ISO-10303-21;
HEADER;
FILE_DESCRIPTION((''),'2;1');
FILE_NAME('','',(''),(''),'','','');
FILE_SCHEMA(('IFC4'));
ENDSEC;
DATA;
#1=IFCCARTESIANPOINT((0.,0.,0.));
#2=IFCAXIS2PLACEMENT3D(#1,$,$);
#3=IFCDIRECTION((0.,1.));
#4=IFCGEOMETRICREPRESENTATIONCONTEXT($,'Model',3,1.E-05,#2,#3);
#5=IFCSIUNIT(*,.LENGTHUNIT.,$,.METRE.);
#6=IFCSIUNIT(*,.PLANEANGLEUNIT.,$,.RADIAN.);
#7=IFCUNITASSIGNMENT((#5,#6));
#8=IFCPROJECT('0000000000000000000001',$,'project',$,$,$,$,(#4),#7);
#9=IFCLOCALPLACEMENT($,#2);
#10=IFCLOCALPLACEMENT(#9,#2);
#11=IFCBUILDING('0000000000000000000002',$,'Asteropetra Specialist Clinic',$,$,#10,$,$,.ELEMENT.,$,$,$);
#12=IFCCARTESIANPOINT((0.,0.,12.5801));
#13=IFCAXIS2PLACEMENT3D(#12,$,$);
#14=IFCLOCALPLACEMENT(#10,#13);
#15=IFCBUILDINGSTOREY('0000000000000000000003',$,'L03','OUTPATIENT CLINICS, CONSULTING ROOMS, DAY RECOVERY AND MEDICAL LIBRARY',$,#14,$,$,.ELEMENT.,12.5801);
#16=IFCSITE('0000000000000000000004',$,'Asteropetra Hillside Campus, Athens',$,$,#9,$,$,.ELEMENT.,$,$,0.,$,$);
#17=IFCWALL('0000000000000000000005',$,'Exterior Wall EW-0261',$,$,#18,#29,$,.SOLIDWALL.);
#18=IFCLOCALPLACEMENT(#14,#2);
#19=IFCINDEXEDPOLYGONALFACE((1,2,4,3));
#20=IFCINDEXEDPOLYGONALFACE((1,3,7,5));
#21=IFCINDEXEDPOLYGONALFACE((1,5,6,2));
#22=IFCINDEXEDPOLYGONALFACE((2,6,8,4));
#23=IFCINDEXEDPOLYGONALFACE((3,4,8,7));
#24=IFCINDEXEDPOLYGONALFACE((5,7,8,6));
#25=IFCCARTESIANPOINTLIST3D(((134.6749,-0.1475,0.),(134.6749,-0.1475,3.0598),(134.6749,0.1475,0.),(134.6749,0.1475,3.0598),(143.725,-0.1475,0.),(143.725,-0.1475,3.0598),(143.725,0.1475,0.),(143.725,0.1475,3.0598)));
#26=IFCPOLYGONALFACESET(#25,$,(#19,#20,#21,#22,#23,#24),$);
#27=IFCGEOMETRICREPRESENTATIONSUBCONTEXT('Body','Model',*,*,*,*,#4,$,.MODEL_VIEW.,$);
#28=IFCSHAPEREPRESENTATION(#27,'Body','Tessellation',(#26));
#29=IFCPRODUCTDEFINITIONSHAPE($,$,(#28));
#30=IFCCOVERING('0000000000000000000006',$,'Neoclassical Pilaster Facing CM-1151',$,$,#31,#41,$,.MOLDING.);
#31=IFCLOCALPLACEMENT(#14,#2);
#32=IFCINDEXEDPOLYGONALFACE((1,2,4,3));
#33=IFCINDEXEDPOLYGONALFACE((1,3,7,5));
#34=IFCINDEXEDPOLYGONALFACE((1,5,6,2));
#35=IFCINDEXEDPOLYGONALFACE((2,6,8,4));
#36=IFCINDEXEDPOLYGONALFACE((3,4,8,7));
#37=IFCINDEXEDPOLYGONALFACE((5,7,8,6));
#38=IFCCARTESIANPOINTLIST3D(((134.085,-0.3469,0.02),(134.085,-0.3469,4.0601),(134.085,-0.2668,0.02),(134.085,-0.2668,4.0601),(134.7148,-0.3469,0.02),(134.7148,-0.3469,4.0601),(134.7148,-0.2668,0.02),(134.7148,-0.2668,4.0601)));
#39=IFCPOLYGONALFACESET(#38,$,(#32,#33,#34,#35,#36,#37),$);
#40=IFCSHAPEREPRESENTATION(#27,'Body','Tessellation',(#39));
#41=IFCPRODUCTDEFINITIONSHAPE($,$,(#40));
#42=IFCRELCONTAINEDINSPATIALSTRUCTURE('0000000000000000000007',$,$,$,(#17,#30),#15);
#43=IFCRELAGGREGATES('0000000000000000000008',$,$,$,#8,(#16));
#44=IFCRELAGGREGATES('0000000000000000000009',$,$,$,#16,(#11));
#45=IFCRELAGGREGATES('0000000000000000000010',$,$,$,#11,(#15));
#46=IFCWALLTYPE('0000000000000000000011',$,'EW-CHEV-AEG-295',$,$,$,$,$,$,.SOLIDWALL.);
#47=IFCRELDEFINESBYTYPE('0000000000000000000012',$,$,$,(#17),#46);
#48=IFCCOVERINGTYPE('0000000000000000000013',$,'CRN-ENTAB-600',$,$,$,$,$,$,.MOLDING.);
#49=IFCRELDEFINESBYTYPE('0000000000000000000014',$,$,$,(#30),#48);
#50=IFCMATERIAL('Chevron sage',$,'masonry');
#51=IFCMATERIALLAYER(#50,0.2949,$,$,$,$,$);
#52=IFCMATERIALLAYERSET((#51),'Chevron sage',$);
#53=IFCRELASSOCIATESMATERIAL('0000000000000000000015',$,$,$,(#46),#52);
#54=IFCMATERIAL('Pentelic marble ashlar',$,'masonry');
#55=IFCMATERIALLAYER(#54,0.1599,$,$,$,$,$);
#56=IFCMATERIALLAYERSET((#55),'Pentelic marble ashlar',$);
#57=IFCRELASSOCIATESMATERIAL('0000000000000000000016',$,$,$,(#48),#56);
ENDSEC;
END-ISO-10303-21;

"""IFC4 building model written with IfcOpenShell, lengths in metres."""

from ifc_helpers import new_model, si_unit, direction, frame, frame_2d, origin, origin_2d, place, context, subcontext, project, spatial, rectangle, extrude, material, layer, layer_set, type_object, element, save


model = new_model("IFC4")

# Units and contexts
model_context = context("Model", 3, precision=1e-05, world=origin(), true_north=direction((0.0, 1.0)))
body_context = subcontext(model_context, "Body", "Model", "MODEL_VIEW")
ifc_project = project(units=[si_unit("LENGTHUNIT", "METRE"), si_unit("PLANEANGLEUNIT", "RADIAN")], contexts=[model_context])

# Site, building, storey
site_placement = place(None, origin())
site = spatial("IfcSite", under=ifc_project, at=site_placement, Name="Asteropetra Hillside Campus, Athens", CompositionType="ELEMENT", RefElevation=0.0)
building_placement = place(site_placement, origin())
building = spatial("IfcBuilding", under=site, at=building_placement, Name="Asteropetra Specialist Clinic", CompositionType="ELEMENT")
storey_placement = place(building_placement, frame((0.0, 0.0, 12.5801)))
storey = spatial("IfcBuildingStorey", under=building, at=storey_placement, Name="L03", Description="OUTPATIENT CLINICS, CONSULTING ROOMS, DAY RECOVERY AND MEDICAL LIBRARY", CompositionType="ELEMENT", Elevation=12.5801)

# Wall
ifc_material_1 = material(Name="Chevron sage", Category="masonry")
ifc_layer_1 = layer(ifc_material_1, 0.2949)
ifc_layer_set_1 = layer_set([ifc_layer_1], Name="Chevron sage")
wall_type = type_object("IfcWallType", Name="EW-CHEV-AEG-295", PredefinedType="SOLIDWALL", material=ifc_layer_set_1)
wall_placement = place(storey_placement, frame((134.675, 0.0, 0.0), z_axis=(0.0, 0.0, 1.0), x_axis=(1.0, 0.0, 0.0)))
element("IfcWall", 1, at=wall_placement, inside=storey, type_object=wall_type, Name="Exterior Wall EW-0261", PredefinedType="SOLIDWALL", context=body_context, shape_type="SweptSolid", body=[
    extrude(rectangle(XDim=9.05, YDim=0.2949, at=frame_2d((4.5249, 0.0))), origin(), (0.0, 0.0, 1.0), 3.0598),
])

# Covering
ifc_material_2 = material(Name="Pentelic marble ashlar", Category="masonry")
ifc_layer_2 = layer(ifc_material_2, 0.1599)
ifc_layer_set_2 = layer_set([ifc_layer_2], Name="Pentelic marble ashlar")
covering_type = type_object("IfcCoveringType", Name="CRN-ENTAB-600", PredefinedType="MOLDING", material=ifc_layer_set_2)
covering_placement = place(storey_placement, frame((134.3999, -0.3069, 0.02), z_axis=(0.0, 0.0, 1.0), x_axis=(1.0, 0.0, 0.0)))
element("IfcCovering", 2, at=covering_placement, inside=storey, type_object=covering_type, Name="Neoclassical Pilaster Facing CM-1151", PredefinedType="MOLDING", context=body_context, shape_type="SweptSolid", body=[
    extrude(rectangle(XDim=0.6299, YDim=0.0801, at=origin_2d()), origin(), (0.0, 0.0, 1.0), 4.04),
])

save(model, "model.ifc")
